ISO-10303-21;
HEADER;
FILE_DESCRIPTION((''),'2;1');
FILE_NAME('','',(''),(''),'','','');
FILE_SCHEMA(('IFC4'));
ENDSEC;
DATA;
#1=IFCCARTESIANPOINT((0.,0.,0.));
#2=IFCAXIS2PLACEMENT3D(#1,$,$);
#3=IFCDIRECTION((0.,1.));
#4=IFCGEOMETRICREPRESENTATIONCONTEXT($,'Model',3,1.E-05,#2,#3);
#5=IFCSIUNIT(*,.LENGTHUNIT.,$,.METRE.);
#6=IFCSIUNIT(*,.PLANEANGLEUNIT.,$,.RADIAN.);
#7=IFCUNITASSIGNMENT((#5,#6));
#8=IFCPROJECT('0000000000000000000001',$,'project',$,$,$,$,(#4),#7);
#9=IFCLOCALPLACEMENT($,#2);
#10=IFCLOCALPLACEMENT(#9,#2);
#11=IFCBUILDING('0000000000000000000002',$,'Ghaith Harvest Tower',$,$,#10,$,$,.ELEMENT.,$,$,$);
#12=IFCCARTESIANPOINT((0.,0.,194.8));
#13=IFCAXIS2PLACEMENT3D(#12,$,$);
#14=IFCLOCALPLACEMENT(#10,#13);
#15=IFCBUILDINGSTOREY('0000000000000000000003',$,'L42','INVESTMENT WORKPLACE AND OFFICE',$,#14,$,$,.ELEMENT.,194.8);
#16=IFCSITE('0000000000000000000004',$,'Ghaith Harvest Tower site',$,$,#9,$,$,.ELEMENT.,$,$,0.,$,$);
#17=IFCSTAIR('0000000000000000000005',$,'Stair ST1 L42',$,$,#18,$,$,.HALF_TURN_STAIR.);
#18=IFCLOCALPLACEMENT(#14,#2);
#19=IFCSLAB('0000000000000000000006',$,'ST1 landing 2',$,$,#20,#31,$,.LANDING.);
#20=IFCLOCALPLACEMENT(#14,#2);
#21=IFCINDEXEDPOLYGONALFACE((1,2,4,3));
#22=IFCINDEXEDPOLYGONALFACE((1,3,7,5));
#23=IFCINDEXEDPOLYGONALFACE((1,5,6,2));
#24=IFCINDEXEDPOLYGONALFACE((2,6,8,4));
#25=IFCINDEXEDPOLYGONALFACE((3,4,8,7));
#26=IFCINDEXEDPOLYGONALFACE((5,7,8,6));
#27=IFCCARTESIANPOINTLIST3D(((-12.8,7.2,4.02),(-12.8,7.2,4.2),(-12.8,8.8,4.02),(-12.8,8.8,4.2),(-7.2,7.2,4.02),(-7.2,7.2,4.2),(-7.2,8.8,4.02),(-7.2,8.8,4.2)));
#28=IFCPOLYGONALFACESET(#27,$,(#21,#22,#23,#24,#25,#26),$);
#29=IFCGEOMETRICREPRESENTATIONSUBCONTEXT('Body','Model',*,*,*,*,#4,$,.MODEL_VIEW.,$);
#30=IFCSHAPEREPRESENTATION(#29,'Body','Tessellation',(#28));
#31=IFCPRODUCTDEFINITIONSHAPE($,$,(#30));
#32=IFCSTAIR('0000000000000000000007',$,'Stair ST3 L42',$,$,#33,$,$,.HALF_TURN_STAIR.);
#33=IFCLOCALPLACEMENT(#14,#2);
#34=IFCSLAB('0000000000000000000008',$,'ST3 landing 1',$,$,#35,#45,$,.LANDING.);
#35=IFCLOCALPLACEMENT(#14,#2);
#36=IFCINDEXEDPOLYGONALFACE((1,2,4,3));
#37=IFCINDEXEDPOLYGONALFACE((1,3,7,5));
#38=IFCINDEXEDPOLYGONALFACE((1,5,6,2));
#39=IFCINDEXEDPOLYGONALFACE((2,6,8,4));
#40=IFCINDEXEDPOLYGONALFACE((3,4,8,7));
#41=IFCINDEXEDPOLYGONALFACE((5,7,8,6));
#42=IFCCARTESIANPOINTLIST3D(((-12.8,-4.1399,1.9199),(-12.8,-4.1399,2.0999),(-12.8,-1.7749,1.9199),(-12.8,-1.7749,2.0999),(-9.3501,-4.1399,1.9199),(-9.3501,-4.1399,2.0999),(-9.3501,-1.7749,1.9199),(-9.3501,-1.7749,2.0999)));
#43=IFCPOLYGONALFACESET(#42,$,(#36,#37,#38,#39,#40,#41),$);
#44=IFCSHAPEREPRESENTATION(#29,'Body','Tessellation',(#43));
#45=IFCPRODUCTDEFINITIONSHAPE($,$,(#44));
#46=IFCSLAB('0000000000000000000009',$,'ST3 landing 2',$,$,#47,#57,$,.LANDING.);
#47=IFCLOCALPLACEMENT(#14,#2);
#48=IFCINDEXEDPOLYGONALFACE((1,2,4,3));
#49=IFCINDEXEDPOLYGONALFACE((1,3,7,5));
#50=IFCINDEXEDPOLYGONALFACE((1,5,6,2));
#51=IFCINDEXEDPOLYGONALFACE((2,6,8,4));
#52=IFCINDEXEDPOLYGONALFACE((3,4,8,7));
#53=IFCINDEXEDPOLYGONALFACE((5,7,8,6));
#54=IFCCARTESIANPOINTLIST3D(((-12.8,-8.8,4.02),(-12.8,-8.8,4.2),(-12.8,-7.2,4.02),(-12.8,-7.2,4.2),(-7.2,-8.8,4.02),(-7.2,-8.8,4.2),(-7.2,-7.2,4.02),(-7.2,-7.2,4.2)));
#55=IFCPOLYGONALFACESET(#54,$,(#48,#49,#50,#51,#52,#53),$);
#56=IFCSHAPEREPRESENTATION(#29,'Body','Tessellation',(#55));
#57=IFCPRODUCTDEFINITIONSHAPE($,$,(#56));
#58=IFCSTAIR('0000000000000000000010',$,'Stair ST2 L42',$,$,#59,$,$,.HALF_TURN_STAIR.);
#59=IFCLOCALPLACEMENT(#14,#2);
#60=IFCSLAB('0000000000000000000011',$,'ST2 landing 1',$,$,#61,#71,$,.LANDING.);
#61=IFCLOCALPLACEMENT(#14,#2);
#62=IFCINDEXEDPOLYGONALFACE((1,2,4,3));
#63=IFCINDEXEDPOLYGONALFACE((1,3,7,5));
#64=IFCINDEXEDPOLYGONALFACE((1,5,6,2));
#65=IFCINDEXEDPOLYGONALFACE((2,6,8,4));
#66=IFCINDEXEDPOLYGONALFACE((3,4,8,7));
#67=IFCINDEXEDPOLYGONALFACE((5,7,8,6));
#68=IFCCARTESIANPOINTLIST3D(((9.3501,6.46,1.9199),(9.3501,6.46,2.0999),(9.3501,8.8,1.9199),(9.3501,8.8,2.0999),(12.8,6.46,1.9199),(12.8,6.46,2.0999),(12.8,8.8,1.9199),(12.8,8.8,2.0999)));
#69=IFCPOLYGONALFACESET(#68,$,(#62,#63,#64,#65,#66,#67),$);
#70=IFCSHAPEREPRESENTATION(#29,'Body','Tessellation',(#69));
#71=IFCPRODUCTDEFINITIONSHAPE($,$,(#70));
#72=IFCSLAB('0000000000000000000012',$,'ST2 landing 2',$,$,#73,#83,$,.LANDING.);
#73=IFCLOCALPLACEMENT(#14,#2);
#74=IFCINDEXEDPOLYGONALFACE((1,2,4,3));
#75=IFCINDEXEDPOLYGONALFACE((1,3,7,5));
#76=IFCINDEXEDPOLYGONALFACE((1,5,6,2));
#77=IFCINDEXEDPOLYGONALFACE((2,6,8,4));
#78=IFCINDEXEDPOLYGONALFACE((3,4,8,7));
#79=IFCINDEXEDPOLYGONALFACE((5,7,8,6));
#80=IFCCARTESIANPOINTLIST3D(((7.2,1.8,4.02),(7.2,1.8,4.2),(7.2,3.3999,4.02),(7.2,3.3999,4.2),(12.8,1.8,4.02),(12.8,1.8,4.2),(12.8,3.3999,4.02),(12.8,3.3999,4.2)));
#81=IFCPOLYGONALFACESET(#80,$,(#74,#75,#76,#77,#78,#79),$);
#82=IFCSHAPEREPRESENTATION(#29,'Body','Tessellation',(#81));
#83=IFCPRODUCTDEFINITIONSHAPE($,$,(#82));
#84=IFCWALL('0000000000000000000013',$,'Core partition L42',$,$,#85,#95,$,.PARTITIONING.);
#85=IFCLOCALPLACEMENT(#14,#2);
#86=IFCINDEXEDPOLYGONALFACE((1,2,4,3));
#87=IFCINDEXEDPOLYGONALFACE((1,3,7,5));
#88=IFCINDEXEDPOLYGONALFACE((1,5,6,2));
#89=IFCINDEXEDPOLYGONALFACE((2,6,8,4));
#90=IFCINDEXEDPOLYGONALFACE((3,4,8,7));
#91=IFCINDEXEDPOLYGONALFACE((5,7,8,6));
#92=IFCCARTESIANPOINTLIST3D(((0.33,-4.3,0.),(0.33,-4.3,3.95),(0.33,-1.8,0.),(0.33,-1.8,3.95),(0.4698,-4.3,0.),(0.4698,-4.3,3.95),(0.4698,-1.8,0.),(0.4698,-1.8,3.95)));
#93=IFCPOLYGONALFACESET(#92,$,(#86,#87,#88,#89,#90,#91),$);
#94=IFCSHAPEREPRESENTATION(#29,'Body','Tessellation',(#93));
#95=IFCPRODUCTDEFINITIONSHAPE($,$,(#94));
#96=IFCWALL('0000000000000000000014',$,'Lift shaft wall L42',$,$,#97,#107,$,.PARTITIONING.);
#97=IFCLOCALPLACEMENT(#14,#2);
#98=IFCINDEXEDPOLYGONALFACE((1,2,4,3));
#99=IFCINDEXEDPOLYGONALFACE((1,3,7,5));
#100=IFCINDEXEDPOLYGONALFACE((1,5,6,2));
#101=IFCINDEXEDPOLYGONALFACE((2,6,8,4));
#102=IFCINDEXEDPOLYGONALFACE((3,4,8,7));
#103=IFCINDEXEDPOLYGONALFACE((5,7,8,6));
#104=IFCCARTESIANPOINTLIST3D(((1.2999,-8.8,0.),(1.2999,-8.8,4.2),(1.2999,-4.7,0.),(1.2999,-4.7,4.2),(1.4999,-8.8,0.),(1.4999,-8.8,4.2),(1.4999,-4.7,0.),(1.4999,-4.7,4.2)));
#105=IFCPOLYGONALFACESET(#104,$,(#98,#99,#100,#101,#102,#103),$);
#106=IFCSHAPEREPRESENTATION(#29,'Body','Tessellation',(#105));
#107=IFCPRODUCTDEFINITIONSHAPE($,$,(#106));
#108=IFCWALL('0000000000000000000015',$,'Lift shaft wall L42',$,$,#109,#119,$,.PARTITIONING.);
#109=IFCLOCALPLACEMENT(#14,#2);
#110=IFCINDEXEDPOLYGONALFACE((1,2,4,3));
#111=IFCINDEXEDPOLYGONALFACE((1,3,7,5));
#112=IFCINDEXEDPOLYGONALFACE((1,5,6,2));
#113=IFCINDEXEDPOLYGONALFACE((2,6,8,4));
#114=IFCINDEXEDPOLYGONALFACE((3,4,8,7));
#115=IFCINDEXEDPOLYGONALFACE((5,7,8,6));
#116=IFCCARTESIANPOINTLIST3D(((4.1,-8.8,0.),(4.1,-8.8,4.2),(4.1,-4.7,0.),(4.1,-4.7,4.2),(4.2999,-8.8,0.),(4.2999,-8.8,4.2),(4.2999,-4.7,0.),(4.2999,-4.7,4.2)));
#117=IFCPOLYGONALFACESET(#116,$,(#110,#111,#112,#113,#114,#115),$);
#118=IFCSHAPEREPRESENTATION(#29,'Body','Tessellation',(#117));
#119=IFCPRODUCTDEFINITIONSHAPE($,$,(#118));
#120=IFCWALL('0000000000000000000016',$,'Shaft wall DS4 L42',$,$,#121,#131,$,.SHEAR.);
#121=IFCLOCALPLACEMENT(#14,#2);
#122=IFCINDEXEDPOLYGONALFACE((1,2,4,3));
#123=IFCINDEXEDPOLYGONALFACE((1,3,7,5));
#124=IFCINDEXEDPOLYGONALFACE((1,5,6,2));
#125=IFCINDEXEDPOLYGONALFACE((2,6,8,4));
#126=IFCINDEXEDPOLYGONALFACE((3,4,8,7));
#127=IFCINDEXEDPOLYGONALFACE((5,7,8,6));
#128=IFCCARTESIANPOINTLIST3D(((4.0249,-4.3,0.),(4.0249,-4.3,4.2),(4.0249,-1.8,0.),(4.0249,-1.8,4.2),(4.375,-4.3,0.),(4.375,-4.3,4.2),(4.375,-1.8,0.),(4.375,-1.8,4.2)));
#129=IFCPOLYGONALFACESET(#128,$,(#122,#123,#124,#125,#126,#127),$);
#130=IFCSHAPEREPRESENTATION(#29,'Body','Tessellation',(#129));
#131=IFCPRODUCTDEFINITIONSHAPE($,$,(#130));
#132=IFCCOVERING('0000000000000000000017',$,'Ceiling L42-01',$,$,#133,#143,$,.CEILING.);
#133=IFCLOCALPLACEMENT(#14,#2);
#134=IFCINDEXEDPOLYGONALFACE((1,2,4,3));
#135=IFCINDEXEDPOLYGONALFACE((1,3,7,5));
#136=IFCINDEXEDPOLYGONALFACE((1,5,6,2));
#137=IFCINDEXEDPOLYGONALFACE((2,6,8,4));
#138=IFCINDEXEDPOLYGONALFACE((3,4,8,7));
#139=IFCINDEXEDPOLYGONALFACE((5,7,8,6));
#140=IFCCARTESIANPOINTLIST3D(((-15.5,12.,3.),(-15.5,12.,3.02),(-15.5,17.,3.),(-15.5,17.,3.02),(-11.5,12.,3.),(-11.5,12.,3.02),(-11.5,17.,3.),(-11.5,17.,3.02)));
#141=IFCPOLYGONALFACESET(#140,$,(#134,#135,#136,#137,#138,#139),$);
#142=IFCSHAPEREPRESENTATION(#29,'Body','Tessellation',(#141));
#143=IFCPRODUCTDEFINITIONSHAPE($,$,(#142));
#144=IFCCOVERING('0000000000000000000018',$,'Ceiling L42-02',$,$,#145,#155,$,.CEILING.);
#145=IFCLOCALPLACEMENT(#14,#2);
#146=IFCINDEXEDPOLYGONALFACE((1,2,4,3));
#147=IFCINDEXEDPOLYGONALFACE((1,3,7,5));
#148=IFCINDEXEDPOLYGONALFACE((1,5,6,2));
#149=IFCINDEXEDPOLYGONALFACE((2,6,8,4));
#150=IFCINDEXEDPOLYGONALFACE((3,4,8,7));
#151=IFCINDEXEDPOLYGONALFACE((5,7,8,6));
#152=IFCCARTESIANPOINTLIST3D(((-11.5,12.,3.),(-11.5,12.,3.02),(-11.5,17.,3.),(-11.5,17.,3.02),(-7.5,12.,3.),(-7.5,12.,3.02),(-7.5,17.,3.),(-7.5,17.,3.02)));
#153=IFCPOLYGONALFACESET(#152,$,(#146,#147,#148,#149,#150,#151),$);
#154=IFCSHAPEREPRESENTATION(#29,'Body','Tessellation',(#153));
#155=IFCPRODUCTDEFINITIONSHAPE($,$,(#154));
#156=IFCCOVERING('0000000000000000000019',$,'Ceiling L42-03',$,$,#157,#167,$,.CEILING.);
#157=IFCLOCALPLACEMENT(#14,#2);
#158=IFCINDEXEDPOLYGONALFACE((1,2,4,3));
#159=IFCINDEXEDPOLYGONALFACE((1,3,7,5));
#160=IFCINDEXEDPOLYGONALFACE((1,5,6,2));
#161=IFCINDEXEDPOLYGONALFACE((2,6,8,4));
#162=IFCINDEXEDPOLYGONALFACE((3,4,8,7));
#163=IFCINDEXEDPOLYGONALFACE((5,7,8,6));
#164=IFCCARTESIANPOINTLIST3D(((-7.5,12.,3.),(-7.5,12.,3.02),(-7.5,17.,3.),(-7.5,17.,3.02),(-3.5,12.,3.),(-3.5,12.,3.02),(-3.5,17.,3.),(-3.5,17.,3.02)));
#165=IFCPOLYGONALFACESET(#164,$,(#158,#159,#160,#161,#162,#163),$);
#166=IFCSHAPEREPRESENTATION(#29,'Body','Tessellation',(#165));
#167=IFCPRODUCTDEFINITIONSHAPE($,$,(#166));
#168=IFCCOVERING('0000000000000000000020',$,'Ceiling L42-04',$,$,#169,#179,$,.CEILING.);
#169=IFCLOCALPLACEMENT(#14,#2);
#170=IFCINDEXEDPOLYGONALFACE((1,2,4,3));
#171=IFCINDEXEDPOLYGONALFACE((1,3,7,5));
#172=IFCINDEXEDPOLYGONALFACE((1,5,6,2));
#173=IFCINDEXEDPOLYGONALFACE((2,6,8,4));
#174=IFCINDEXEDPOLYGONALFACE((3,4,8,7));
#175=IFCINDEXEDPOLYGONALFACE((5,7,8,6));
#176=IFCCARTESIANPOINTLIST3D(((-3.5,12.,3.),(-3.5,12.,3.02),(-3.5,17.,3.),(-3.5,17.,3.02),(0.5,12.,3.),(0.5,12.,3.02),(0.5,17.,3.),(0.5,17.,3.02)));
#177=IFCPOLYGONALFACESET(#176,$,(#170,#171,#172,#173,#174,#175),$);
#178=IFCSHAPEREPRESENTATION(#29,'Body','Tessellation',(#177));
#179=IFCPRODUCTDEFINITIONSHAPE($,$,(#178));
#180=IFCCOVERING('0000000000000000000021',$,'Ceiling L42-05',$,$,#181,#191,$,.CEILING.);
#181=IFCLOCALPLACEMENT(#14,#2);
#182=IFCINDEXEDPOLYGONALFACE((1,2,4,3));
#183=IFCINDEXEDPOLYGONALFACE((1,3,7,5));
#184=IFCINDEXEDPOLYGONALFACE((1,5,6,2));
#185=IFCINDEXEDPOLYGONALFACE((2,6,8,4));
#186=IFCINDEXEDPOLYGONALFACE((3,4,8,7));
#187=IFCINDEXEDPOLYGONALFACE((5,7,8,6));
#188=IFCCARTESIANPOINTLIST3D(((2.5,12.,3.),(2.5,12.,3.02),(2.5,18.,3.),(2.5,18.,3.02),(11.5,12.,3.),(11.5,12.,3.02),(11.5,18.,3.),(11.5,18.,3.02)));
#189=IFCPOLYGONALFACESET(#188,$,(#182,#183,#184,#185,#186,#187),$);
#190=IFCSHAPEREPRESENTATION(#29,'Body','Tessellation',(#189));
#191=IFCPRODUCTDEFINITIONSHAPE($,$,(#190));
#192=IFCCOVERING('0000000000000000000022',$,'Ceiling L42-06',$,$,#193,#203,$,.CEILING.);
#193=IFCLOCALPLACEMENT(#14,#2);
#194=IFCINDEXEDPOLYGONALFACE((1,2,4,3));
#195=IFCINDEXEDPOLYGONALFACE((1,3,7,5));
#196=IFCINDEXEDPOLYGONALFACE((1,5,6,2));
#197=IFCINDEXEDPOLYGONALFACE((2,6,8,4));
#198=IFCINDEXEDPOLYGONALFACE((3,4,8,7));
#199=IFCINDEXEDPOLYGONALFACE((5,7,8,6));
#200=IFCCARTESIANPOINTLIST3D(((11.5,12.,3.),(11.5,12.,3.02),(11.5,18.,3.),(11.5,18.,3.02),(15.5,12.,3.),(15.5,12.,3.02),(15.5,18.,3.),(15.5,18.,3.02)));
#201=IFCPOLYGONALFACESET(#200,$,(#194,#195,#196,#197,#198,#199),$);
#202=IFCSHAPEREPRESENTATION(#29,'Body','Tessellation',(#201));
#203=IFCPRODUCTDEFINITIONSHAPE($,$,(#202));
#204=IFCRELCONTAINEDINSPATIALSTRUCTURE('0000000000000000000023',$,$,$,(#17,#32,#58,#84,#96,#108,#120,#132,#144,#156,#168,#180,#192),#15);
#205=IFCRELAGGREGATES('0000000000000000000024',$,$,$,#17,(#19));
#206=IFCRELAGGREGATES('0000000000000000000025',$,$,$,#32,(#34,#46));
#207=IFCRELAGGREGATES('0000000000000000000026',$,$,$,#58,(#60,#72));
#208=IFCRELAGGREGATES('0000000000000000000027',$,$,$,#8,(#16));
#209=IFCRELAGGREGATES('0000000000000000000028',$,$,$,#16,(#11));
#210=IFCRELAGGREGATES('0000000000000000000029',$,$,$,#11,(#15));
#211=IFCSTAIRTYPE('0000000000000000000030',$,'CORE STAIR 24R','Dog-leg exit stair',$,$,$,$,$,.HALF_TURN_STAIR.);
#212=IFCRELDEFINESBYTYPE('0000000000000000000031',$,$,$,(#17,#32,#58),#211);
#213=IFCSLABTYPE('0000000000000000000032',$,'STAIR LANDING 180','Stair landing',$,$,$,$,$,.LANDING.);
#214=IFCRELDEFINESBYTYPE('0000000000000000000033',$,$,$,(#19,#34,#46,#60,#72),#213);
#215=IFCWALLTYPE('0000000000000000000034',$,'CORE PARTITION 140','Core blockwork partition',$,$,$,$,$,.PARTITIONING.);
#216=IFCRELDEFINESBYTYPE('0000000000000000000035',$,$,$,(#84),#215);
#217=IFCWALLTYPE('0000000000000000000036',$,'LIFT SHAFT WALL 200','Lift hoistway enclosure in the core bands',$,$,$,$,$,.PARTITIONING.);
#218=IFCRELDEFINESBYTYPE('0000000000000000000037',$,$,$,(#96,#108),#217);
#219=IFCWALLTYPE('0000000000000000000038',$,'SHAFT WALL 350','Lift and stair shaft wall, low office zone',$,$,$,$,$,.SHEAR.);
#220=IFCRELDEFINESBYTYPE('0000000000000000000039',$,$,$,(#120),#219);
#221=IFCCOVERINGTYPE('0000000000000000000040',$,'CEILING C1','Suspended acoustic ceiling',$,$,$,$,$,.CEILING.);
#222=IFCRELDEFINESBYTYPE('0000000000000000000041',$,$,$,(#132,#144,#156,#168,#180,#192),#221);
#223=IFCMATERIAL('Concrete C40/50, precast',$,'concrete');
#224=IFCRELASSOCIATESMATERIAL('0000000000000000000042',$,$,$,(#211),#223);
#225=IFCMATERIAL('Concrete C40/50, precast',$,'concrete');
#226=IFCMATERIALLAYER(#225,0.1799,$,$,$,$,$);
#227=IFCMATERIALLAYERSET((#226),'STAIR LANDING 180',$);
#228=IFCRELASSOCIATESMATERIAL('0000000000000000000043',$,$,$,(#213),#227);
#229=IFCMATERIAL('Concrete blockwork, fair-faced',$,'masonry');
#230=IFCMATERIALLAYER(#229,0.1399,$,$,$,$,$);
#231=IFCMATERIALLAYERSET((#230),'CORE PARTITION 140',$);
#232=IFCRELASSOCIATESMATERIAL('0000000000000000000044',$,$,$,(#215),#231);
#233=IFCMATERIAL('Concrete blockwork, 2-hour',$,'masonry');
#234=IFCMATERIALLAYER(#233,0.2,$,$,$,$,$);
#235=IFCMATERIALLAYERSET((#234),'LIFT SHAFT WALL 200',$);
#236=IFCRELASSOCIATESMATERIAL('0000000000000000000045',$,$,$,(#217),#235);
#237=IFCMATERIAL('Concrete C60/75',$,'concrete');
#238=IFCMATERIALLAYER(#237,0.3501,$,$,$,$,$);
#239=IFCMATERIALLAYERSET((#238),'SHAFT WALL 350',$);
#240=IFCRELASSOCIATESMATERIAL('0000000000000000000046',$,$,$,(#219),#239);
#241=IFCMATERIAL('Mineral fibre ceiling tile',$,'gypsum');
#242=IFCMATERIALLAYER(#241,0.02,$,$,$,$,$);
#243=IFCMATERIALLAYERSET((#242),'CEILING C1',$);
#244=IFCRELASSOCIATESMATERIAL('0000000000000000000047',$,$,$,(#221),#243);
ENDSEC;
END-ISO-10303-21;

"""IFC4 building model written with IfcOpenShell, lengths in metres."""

from ifc_helpers import new_model, si_unit, direction, frame, frame_2d, origin, place, context, subcontext, project, spatial, polyline, rectangle, outline, extrude, material, layer, layer_set, type_object, element, aggregate, save


model = new_model("IFC4")

# Units and contexts
model_context = context("Model", 3, precision=1e-05, world=origin(), true_north=direction((0.0, 1.0)))
body_context = subcontext(model_context, "Body", "Model", "MODEL_VIEW")
ifc_project = project(units=[si_unit("LENGTHUNIT", "METRE"), si_unit("PLANEANGLEUNIT", "RADIAN")], contexts=[model_context])

# Site, building, storey
site_placement = place(None, origin())
site = spatial("IfcSite", under=ifc_project, at=site_placement, Name="Ghaith Harvest Tower site", CompositionType="ELEMENT", RefElevation=0.0)
building_placement = place(site_placement, origin())
building = spatial("IfcBuilding", under=site, at=building_placement, Name="Ghaith Harvest Tower", CompositionType="ELEMENT")
storey_placement = place(building_placement, frame((0.0, 0.0, 194.8)))
storey = spatial("IfcBuildingStorey", under=building, at=storey_placement, Name="L42", Description="INVESTMENT WORKPLACE AND OFFICE", CompositionType="ELEMENT", Elevation=194.8)

# Stair, slab
ifc_material_1 = material(Name="Concrete C40/50, precast", Category="concrete")
stair_type = type_object("IfcStairType", Name="CORE STAIR 24R", Description="Dog-leg exit stair", PredefinedType="HALF_TURN_STAIR", material=ifc_material_1)
stair_1_placement = place(storey_placement, origin())
stair_1 = element("IfcStair", 1, at=stair_1_placement, inside=storey, type_object=stair_type, Name="Stair ST1 L42", PredefinedType="HALF_TURN_STAIR")
ifc_material_2 = material(Name="Concrete C40/50, precast", Category="concrete")
ifc_layer_1 = layer(ifc_material_2, 0.1799)
ifc_layer_set_1 = layer_set([ifc_layer_1], Name="STAIR LANDING 180")
slab_type = type_object("IfcSlabType", Name="STAIR LANDING 180", Description="Stair landing", PredefinedType="LANDING", material=ifc_layer_set_1)
slab_1_placement = place(storey_placement, frame((0.0, 0.0, 4.02)))
slab_1 = element("IfcSlab", 2, at=slab_1_placement, type_object=slab_type, Name="ST1 landing 2", PredefinedType="LANDING", context=body_context, shape_type="SweptSolid", body=[
    extrude(outline(polyline([(-12.8, 8.8), (-12.8, 7.2), (-7.2, 7.2), (-7.2, 8.8), (-12.8, 8.8)])), origin(), (0.0, 0.0, 1.0), 0.1799),
])
aggregate(stair_1, [slab_1])

# Stairs, slabs
stair_2_placement = place(storey_placement, origin())
stair_2 = element("IfcStair", 3, at=stair_2_placement, inside=storey, type_object=stair_type, Name="Stair ST3 L42", PredefinedType="HALF_TURN_STAIR")
slab_2_placement = place(storey_placement, frame((0.0, 0.0, 1.9199)))
slab_2 = element("IfcSlab", 4, at=slab_2_placement, type_object=slab_type, Name="ST3 landing 1", PredefinedType="LANDING", context=body_context, shape_type="SweptSolid", body=[
    extrude(outline(polyline([(-12.8, -4.1399), (-12.8, -1.7749), (-9.3501, -1.7749), (-9.3501, -4.1399), (-12.8, -4.1399)])), origin(), (0.0, 0.0, 1.0), 0.1799),
])
slab_3_placement = place(storey_placement, frame((0.0, 0.0, 4.02)))
slab_3 = element("IfcSlab", 5, at=slab_3_placement, type_object=slab_type, Name="ST3 landing 2", PredefinedType="LANDING", context=body_context, shape_type="SweptSolid", body=[
    extrude(outline(polyline([(-12.8, -8.8), (-12.8, -7.2), (-7.2, -7.2), (-7.2, -8.8), (-12.8, -8.8)])), origin(), (0.0, 0.0, 1.0), 0.1799),
])
aggregate(stair_2, [slab_2, slab_3])
stair_3_placement = place(storey_placement, origin())
stair_3 = element("IfcStair", 6, at=stair_3_placement, inside=storey, type_object=stair_type, Name="Stair ST2 L42", PredefinedType="HALF_TURN_STAIR")
slab_4_placement = place(storey_placement, frame((0.0, 0.0, 1.9199)))
slab_4 = element("IfcSlab", 7, at=slab_4_placement, type_object=slab_type, Name="ST2 landing 1", PredefinedType="LANDING", context=body_context, shape_type="SweptSolid", body=[
    extrude(outline(polyline([(12.8, 6.46), (12.8, 8.8), (9.3501, 8.8), (9.3501, 6.46), (12.8, 6.46)])), origin(), (0.0, 0.0, 1.0), 0.1799),
])
slab_5_placement = place(storey_placement, frame((0.0, 0.0, 4.02)))
slab_5 = element("IfcSlab", 8, at=slab_5_placement, type_object=slab_type, Name="ST2 landing 2", PredefinedType="LANDING", context=body_context, shape_type="SweptSolid", body=[
    extrude(outline(polyline([(12.8, 1.8), (12.8, 3.3999), (7.2, 3.3999), (7.2, 1.8), (12.8, 1.8)])), origin(), (0.0, 0.0, 1.0), 0.1799),
])
aggregate(stair_3, [slab_4, slab_5])

# Walls
ifc_material_3 = material(Name="Concrete blockwork, fair-faced", Category="masonry")
ifc_layer_2 = layer(ifc_material_3, 0.1399)
ifc_layer_set_2 = layer_set([ifc_layer_2], Name="CORE PARTITION 140")
wall_type_1 = type_object("IfcWallType", Name="CORE PARTITION 140", Description="Core blockwork partition", PredefinedType="PARTITIONING", material=ifc_layer_set_2)
wall_1_placement = place(storey_placement, frame((0.3999, -1.8, 0.0), z_axis=(0.0, 0.0, 1.0), x_axis=(0.0, -1.0, 0.0)))
element("IfcWall", 9, at=wall_1_placement, inside=storey, type_object=wall_type_1, Name="Core partition L42", PredefinedType="PARTITIONING", context=body_context, shape_type="SweptSolid", body=[
    extrude(rectangle(XDim=2.5, YDim=0.1399, at=frame_2d((1.25, 0.0))), origin(), (0.0, 0.0, 1.0), 3.95),
])
ifc_material_4 = material(Name="Concrete blockwork, 2-hour", Category="masonry")
ifc_layer_3 = layer(ifc_material_4, 0.2)
ifc_layer_set_3 = layer_set([ifc_layer_3], Name="LIFT SHAFT WALL 200")
wall_type_2 = type_object("IfcWallType", Name="LIFT SHAFT WALL 200", Description="Lift hoistway enclosure in the core bands", PredefinedType="PARTITIONING", material=ifc_layer_set_3)
for number, where, z_axis, x_axis, name in (
    (10, (1.3999, -4.7, 0.0), (0.0, 0.0, 1.0), (0.0, -1.0, 0.0), "Lift shaft wall L42"),
    (11, (4.2, -4.7, 0.0), (0.0, 0.0, 1.0), (0.0, -1.0, 0.0), "Lift shaft wall L42"),
):
    element("IfcWall", number, at=place(storey_placement, frame(where, z_axis=z_axis, x_axis=x_axis)), inside=storey, type_object=wall_type_2, Name=name, PredefinedType="PARTITIONING", context=body_context, shape_type="SweptSolid", body=[
        extrude(rectangle(XDim=4.1001, YDim=0.2, at=frame_2d((2.05, 0.0))), origin(), (0.0, 0.0, 1.0), 4.2),
    ])

# Shared definitions
ifc_material_5 = material(Name="Concrete C60/75", Category="concrete")
ifc_layer_4 = layer(ifc_material_5, 0.3501)
ifc_layer_set_4 = layer_set([ifc_layer_4], Name="SHAFT WALL 350")
wall_type_3 = type_object("IfcWallType", Name="SHAFT WALL 350", Description="Lift and stair shaft wall, low office zone", PredefinedType="SHEAR", material=ifc_layer_set_4)

# Wall
wall_2_placement = place(storey_placement, frame((4.2, -4.3, 0.0), z_axis=(0.0, 0.0, 1.0), x_axis=(0.0, 1.0, 0.0)))
element("IfcWall", 12, at=wall_2_placement, inside=storey, type_object=wall_type_3, Name="Shaft wall DS4 L42", PredefinedType="SHEAR", context=body_context, shape_type="SweptSolid", body=[
    extrude(rectangle(XDim=2.5, YDim=0.3501, at=frame_2d((1.25, 0.0))), origin(), (0.0, 0.0, 1.0), 4.2),
])

# Coverings
ifc_material_6 = material(Name="Mineral fibre ceiling tile", Category="gypsum")
ifc_layer_5 = layer(ifc_material_6, 0.02)
ifc_layer_set_5 = layer_set([ifc_layer_5], Name="CEILING C1")
covering_type = type_object("IfcCoveringType", Name="CEILING C1", Description="Suspended acoustic ceiling", PredefinedType="CEILING", material=ifc_layer_set_5)
covering_1_placement = place(storey_placement, frame((0.0, 0.0, 3.0)))
element("IfcCovering", 13, at=covering_1_placement, inside=storey, type_object=covering_type, Name="Ceiling L42-01", PredefinedType="CEILING", context=body_context, shape_type="SweptSolid", body=[
    extrude(outline(polyline([(-15.5, 12.0), (-11.5, 12.0), (-11.5, 17.0), (-15.5, 17.0), (-15.5, 12.0)])), origin(), (0.0, 0.0, 1.0), 0.02),
])
covering_2_placement = place(storey_placement, frame((0.0, 0.0, 3.0)))
element("IfcCovering", 14, at=covering_2_placement, inside=storey, type_object=covering_type, Name="Ceiling L42-02", PredefinedType="CEILING", context=body_context, shape_type="SweptSolid", body=[
    extrude(outline(polyline([(-11.5, 12.0), (-7.5, 12.0), (-7.5, 17.0), (-11.5, 17.0), (-11.5, 12.0)])), origin(), (0.0, 0.0, 1.0), 0.02),
])
covering_3_placement = place(storey_placement, frame((0.0, 0.0, 3.0)))
element("IfcCovering", 15, at=covering_3_placement, inside=storey, type_object=covering_type, Name="Ceiling L42-03", PredefinedType="CEILING", context=body_context, shape_type="SweptSolid", body=[
    extrude(outline(polyline([(-7.5, 12.0), (-3.5, 12.0), (-3.5, 17.0), (-7.5, 17.0), (-7.5, 12.0)])), origin(), (0.0, 0.0, 1.0), 0.02),
])
covering_4_placement = place(storey_placement, frame((0.0, 0.0, 3.0)))
element("IfcCovering", 16, at=covering_4_placement, inside=storey, type_object=covering_type, Name="Ceiling L42-04", PredefinedType="CEILING", context=body_context, shape_type="SweptSolid", body=[
    extrude(outline(polyline([(-3.5, 12.0), (0.5, 12.0), (0.5, 17.0), (-3.5, 17.0), (-3.5, 12.0)])), origin(), (0.0, 0.0, 1.0), 0.02),
])
covering_5_placement = place(storey_placement, frame((0.0, 0.0, 3.0)))
element("IfcCovering", 17, at=covering_5_placement, inside=storey, type_object=covering_type, Name="Ceiling L42-05", PredefinedType="CEILING", context=body_context, shape_type="SweptSolid", body=[
    extrude(outline(polyline([(2.5, 12.0), (11.5, 12.0), (11.5, 18.0), (2.5, 18.0), (2.5, 12.0)])), origin(), (0.0, 0.0, 1.0), 0.02),
])
covering_6_placement = place(storey_placement, frame((0.0, 0.0, 3.0)))
element("IfcCovering", 18, at=covering_6_placement, inside=storey, type_object=covering_type, Name="Ceiling L42-06", PredefinedType="CEILING", context=body_context, shape_type="SweptSolid", body=[
    extrude(outline(polyline([(11.5, 12.0), (15.5, 12.0), (15.5, 18.0), (11.5, 18.0), (11.5, 12.0)])), origin(), (0.0, 0.0, 1.0), 0.02),
])

save(model, "model.ifc")
